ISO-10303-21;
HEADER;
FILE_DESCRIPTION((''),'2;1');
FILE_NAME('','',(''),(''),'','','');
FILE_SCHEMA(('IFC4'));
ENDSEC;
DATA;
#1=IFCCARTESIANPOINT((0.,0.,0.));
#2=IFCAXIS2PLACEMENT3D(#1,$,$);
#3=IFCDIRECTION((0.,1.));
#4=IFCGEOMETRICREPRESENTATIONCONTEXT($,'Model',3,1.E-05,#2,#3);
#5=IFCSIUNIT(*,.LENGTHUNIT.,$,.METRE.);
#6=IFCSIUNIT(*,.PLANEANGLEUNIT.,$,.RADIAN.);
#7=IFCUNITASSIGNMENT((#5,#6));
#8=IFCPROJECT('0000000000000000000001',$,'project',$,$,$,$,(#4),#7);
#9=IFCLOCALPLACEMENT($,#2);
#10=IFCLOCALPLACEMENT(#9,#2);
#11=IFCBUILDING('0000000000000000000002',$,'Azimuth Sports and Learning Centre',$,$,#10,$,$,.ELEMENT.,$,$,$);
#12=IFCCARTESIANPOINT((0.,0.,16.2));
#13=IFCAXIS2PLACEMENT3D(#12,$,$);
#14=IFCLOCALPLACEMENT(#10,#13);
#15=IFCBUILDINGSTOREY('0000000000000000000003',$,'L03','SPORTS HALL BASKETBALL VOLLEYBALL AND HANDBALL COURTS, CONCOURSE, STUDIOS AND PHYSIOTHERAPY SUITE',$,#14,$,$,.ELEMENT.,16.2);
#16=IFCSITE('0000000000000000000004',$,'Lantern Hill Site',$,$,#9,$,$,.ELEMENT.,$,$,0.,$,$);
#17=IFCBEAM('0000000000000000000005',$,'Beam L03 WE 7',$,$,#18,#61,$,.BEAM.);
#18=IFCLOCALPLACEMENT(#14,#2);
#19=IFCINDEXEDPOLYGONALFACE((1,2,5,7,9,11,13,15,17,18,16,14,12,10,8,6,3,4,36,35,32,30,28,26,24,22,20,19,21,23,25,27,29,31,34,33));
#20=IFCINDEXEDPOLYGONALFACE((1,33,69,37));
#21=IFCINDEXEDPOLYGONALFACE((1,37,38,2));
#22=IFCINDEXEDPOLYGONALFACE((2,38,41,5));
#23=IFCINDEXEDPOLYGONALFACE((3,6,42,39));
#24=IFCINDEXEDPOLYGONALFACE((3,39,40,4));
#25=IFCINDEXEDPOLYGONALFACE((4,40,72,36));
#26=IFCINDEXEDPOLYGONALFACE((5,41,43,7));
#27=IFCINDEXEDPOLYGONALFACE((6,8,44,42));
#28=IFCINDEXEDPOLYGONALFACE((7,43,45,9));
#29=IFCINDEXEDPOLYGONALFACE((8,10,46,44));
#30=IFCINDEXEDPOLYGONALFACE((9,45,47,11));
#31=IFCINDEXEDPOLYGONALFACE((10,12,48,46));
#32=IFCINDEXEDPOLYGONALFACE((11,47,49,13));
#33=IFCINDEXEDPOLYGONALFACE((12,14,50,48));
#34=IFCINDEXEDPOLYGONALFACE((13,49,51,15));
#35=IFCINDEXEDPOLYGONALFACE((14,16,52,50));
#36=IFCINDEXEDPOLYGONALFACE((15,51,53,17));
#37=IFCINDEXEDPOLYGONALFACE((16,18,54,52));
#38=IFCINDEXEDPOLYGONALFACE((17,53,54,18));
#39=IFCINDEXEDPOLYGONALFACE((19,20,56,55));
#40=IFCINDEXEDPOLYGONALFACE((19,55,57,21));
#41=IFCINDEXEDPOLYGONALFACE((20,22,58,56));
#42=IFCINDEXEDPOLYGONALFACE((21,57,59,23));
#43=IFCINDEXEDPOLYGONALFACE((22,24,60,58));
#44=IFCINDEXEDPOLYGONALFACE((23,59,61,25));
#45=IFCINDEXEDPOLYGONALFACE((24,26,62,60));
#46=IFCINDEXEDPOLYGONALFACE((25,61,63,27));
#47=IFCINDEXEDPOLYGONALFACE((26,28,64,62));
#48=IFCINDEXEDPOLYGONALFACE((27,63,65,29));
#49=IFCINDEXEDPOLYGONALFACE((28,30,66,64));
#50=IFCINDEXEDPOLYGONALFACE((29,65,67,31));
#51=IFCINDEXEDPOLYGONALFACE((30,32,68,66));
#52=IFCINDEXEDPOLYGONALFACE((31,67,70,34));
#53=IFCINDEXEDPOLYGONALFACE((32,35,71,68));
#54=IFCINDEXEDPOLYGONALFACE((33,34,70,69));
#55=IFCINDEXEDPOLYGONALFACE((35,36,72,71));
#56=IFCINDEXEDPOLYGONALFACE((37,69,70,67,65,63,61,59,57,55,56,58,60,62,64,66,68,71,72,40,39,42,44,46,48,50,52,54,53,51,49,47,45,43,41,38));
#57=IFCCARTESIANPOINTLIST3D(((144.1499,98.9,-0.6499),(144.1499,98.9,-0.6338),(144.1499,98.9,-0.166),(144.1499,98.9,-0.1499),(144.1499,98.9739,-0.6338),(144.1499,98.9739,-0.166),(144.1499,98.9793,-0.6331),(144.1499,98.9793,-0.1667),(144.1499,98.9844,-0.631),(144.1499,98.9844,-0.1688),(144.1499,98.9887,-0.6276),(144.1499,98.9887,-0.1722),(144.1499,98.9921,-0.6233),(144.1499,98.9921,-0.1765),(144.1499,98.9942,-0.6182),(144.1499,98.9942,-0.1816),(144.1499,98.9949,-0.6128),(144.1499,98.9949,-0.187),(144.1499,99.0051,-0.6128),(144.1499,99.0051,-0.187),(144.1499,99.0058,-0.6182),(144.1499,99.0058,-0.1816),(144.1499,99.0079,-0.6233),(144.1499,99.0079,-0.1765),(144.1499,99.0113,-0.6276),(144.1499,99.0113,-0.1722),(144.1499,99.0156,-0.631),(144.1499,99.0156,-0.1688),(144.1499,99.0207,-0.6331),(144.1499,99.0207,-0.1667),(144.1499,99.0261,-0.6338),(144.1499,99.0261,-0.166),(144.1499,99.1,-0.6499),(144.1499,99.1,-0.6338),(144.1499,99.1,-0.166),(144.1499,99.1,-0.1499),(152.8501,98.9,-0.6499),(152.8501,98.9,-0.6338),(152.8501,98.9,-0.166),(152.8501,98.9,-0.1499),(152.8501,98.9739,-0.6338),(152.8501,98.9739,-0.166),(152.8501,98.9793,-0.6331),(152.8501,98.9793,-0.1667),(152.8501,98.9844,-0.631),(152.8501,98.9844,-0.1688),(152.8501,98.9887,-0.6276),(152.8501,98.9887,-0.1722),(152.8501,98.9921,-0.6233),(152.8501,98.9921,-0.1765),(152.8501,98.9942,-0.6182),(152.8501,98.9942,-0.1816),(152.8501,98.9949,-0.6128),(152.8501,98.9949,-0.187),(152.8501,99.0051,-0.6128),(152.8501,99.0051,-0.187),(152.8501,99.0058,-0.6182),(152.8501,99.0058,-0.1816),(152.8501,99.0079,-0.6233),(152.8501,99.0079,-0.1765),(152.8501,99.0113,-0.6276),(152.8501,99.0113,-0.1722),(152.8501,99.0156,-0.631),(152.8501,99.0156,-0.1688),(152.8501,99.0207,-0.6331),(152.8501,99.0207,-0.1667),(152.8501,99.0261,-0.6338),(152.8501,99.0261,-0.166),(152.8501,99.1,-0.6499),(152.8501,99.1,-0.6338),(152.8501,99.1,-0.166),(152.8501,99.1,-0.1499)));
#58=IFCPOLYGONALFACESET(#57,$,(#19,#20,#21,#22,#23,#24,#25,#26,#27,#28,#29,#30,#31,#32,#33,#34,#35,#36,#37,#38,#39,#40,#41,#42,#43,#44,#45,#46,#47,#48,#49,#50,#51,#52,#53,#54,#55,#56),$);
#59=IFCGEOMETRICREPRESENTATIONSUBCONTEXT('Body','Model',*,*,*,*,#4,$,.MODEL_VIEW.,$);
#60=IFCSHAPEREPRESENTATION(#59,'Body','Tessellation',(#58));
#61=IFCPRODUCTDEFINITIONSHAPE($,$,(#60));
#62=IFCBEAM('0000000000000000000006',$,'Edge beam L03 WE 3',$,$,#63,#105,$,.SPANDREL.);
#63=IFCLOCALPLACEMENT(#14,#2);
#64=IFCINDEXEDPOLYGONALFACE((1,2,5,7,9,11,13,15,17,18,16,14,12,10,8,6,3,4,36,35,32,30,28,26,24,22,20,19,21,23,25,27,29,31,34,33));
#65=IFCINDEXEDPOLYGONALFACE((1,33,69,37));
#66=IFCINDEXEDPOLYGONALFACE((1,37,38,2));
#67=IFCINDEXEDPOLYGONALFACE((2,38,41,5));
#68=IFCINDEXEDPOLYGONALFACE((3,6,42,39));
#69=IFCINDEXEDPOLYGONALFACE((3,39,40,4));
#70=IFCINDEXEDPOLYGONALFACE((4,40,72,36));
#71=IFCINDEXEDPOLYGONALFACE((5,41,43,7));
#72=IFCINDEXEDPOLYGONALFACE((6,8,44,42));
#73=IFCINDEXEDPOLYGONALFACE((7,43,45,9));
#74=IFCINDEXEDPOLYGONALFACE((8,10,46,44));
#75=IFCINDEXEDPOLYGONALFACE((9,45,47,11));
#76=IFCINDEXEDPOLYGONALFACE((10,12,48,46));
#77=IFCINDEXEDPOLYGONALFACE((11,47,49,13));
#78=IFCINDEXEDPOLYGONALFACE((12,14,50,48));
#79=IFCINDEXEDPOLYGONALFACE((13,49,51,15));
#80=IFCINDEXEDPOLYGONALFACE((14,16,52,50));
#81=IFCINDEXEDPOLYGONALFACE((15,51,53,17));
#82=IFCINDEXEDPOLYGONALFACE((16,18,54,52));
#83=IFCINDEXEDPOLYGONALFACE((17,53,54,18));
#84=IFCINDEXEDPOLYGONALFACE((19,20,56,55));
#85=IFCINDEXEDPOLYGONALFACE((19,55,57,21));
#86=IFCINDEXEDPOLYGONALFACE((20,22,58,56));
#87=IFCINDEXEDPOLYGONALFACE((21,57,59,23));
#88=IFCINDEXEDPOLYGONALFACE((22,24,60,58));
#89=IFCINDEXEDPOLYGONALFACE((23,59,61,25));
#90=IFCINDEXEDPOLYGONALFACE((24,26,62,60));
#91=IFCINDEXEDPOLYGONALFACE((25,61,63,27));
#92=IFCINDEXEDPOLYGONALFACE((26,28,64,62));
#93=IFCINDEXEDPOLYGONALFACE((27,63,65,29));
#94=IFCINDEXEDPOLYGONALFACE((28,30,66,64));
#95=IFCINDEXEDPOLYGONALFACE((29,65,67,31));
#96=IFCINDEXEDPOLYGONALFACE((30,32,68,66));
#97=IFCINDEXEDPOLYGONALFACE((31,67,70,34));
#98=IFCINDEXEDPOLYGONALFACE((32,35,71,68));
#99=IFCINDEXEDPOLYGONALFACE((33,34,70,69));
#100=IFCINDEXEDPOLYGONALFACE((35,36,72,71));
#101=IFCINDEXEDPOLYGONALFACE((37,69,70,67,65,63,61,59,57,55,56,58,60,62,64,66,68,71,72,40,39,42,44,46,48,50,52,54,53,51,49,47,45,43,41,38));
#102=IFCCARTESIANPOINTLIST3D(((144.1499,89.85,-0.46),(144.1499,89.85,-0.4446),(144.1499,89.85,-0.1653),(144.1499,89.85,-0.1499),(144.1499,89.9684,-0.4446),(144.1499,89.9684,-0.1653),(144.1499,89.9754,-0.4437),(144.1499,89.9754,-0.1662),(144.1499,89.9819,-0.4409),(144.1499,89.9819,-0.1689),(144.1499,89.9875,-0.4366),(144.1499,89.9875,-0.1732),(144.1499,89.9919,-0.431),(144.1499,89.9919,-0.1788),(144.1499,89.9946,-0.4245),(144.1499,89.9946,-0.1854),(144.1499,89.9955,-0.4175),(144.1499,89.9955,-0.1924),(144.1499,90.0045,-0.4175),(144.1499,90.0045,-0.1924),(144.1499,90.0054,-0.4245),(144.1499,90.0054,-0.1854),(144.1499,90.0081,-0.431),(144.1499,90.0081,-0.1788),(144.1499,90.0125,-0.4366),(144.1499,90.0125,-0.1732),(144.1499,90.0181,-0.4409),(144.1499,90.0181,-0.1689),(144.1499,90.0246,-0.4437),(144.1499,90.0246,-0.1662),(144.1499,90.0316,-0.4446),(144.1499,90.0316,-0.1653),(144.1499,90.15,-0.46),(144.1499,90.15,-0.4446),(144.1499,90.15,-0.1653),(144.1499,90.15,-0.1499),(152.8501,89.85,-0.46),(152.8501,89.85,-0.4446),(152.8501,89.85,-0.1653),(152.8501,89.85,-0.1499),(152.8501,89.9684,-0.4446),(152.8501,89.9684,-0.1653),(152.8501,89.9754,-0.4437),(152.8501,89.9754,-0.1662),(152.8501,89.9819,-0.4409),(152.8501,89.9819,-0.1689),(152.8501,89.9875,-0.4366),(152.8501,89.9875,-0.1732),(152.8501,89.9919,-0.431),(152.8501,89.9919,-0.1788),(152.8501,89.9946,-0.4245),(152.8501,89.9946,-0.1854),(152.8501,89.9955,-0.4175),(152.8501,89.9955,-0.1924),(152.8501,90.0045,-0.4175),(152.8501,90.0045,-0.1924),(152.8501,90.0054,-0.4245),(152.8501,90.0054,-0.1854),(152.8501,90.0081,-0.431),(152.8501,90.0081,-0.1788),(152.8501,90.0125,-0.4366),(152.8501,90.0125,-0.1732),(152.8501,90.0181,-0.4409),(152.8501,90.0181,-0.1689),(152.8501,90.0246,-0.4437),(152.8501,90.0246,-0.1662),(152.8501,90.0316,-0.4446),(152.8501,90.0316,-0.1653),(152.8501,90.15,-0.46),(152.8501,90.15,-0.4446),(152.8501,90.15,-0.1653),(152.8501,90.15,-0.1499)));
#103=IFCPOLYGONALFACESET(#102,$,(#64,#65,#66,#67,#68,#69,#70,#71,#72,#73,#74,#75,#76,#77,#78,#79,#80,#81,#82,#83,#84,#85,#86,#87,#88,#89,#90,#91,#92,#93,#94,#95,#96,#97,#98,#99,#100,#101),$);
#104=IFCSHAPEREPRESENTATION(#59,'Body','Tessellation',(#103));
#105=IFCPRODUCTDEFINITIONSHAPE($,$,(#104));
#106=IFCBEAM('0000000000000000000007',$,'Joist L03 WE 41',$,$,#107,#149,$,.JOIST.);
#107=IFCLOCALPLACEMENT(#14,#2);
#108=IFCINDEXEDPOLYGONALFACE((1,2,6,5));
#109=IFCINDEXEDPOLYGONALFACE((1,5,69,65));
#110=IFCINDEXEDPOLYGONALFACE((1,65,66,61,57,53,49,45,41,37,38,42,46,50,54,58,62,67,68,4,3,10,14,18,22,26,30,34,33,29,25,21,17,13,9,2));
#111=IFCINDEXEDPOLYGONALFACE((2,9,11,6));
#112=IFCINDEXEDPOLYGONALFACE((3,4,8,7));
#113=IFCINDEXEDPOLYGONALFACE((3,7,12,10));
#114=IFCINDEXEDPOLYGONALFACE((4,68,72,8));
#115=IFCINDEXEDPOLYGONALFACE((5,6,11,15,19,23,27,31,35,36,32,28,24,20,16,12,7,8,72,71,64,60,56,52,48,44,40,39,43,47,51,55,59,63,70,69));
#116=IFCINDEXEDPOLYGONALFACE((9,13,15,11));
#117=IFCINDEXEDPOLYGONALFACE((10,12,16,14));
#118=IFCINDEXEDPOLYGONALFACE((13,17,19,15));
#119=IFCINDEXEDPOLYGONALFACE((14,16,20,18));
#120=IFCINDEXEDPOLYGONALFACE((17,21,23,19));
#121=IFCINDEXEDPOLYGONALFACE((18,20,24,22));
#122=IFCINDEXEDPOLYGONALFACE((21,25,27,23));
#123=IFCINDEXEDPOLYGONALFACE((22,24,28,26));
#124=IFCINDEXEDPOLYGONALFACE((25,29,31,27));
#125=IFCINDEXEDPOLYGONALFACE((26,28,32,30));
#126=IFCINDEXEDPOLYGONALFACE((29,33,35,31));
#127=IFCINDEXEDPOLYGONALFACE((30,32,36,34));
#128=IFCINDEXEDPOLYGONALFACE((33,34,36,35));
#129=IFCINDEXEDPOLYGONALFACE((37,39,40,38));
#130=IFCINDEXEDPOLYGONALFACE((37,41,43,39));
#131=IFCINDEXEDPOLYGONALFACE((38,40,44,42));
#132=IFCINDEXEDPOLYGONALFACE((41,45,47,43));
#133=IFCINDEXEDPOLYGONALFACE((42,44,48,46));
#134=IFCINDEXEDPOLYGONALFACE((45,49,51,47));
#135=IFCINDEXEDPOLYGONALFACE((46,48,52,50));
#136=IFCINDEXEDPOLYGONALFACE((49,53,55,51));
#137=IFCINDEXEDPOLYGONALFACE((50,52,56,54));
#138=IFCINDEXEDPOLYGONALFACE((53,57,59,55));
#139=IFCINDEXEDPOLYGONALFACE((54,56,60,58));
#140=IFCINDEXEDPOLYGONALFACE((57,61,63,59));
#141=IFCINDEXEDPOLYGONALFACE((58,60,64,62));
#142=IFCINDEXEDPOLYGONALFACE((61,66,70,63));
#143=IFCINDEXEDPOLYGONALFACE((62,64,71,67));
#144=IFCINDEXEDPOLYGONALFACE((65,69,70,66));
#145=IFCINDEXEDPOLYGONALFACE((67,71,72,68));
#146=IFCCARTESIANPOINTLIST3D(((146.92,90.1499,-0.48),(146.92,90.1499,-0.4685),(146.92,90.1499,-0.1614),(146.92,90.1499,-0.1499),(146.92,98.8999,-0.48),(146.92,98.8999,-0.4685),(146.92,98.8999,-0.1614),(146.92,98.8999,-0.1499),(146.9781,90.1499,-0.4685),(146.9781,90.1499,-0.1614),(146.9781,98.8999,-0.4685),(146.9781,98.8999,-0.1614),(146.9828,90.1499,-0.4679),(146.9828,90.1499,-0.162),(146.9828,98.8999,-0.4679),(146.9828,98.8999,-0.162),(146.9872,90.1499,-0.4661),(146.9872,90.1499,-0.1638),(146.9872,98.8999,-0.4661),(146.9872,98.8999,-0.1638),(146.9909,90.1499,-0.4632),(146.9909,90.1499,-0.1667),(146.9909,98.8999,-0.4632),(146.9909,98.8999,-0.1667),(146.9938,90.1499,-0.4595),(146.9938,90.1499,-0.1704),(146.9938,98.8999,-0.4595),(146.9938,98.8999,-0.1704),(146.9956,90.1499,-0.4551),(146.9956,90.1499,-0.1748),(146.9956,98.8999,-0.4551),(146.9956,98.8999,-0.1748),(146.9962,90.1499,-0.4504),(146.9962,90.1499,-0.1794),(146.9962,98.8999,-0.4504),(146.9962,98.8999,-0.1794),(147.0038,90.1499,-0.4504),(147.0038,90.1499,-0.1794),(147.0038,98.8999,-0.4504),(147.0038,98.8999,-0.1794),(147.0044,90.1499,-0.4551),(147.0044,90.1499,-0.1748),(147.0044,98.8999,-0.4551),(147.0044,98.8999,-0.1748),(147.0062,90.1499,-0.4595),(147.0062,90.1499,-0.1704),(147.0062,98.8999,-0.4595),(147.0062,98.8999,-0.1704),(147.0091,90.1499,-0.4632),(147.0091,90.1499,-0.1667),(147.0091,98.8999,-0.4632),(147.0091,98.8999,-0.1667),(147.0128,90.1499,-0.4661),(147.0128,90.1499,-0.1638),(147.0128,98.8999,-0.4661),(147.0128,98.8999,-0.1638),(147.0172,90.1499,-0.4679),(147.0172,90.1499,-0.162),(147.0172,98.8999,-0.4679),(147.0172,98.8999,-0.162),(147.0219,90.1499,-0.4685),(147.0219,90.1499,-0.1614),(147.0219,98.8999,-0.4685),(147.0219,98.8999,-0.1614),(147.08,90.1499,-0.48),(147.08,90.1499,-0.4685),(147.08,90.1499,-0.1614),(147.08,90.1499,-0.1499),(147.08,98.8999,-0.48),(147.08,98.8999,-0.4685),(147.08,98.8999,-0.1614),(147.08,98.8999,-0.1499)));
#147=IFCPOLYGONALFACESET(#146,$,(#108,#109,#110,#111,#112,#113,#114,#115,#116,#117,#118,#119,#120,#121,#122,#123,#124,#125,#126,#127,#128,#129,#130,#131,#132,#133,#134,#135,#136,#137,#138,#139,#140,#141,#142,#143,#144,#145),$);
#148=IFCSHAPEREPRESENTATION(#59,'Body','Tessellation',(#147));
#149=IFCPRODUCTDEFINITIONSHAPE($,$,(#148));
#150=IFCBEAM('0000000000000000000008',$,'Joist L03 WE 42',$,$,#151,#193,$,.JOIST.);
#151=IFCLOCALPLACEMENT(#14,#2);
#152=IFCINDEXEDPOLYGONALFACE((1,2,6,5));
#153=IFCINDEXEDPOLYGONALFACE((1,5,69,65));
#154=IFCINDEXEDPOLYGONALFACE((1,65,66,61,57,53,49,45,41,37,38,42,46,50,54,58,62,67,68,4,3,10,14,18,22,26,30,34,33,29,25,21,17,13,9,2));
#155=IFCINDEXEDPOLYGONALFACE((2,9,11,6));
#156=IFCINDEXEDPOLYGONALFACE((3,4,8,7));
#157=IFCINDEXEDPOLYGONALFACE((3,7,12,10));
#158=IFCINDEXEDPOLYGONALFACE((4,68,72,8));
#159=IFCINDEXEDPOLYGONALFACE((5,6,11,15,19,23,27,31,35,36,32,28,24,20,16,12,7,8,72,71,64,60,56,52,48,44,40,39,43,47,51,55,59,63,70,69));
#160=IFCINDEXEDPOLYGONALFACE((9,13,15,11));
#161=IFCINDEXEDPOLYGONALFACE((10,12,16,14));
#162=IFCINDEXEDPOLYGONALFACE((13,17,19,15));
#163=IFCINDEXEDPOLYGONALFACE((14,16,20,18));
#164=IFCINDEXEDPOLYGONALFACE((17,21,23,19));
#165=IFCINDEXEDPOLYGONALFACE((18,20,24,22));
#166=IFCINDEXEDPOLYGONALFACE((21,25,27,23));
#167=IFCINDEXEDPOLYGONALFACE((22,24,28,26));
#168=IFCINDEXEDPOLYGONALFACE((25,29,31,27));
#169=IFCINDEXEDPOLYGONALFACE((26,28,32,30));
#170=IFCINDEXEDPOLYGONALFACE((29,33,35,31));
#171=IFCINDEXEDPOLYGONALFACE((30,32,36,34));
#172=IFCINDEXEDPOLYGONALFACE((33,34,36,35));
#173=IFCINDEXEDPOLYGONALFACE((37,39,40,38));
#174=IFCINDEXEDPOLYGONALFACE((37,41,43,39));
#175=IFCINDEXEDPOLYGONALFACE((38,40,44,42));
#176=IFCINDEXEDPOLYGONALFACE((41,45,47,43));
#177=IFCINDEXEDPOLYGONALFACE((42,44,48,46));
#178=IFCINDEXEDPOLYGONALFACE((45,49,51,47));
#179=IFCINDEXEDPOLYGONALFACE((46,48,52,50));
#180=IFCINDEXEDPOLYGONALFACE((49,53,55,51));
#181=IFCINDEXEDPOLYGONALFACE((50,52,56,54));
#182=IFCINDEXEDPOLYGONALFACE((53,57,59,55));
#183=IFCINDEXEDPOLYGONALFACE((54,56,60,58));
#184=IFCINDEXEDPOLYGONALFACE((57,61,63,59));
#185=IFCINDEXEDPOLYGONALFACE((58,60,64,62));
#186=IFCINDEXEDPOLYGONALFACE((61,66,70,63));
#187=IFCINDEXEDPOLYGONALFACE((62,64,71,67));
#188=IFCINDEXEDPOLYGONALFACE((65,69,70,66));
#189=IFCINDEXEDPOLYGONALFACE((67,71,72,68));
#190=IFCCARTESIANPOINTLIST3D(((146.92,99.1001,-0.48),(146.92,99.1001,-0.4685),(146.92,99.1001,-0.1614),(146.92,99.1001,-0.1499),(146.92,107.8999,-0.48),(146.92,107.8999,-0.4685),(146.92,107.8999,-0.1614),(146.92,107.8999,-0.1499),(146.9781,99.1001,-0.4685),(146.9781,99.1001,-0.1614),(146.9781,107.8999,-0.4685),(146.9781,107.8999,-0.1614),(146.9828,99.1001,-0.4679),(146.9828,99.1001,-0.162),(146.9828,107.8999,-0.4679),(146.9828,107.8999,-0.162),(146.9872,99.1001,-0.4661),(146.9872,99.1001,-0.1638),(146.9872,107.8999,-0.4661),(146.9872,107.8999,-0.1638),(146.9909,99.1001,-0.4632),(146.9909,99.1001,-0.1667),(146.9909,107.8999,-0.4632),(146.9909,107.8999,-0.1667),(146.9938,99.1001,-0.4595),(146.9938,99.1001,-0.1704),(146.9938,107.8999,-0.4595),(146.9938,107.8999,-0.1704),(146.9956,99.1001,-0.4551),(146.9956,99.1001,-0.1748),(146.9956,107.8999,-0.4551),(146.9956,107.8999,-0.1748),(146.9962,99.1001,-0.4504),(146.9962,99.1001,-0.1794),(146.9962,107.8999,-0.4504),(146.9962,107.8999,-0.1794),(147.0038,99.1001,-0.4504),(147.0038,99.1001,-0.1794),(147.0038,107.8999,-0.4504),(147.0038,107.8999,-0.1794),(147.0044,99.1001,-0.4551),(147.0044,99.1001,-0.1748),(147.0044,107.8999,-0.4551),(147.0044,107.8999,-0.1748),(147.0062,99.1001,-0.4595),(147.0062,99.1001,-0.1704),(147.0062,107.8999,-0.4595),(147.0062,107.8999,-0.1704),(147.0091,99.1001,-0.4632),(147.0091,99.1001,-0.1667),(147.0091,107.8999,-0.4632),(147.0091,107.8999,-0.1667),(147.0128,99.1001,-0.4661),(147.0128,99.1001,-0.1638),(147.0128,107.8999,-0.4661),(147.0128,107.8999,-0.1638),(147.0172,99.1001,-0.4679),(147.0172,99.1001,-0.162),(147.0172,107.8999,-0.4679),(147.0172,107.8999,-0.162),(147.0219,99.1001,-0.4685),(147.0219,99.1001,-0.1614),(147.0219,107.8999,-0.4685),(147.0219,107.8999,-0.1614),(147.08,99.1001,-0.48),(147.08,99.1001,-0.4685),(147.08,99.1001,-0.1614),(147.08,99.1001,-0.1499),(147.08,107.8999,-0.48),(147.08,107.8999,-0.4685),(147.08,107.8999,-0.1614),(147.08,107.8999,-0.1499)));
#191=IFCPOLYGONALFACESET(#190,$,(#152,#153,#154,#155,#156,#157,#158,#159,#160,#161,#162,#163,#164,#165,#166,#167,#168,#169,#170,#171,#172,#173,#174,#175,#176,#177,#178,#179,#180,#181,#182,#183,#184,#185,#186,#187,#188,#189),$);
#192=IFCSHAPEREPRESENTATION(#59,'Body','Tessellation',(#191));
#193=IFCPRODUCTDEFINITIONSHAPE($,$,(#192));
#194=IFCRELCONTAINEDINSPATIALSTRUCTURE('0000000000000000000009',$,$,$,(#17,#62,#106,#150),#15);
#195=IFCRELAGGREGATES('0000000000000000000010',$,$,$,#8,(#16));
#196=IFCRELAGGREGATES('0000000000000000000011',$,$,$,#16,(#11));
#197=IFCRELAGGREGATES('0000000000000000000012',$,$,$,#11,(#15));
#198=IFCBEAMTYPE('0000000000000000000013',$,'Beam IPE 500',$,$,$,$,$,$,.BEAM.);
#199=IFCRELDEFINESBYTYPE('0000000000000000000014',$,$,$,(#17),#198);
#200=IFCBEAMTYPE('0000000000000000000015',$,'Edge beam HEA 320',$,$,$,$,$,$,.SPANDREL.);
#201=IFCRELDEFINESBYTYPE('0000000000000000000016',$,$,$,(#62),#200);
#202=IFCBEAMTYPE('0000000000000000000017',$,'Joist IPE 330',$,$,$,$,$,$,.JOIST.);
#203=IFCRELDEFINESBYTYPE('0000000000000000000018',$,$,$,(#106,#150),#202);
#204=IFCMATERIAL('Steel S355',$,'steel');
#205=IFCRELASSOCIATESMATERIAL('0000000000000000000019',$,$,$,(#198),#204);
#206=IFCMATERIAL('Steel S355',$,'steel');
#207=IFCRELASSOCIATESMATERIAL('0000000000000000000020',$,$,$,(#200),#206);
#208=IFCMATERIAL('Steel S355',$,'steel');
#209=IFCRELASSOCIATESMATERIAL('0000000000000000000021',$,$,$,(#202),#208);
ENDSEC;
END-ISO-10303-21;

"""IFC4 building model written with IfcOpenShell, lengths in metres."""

from ifc_helpers import new_model, si_unit, direction, frame, origin, origin_2d, place, context, subcontext, project, spatial, i_section, extrude, material, material_profile, profile_set, type_object, element, save


model = new_model("IFC4")

# Units and contexts
model_context = context("Model", 3, precision=1e-05, world=origin(), true_north=direction((0.0, 1.0)))
body_context = subcontext(model_context, "Body", "Model", "MODEL_VIEW")
ifc_project = project(units=[si_unit("LENGTHUNIT", "METRE"), si_unit("PLANEANGLEUNIT", "RADIAN")], contexts=[model_context])

# Site, building, storey
site_placement = place(None, origin())
site = spatial("IfcSite", under=ifc_project, at=site_placement, Name="Lantern Hill Site", CompositionType="ELEMENT", RefElevation=0.0)
building_placement = place(site_placement, origin())
building = spatial("IfcBuilding", under=site, at=building_placement, Name="Azimuth Sports and Learning Centre", CompositionType="ELEMENT")
storey_placement = place(building_placement, frame((0.0, 0.0, 16.2)))
storey = spatial("IfcBuildingStorey", under=building, at=storey_placement, Name="L03", Description="SPORTS HALL BASKETBALL VOLLEYBALL AND HANDBALL COURTS, CONCOURSE, STUDIOS AND PHYSIOTHERAPY SUITE", CompositionType="ELEMENT", Elevation=16.2)

# Beams
ifc_material_1 = material(Name="Steel S355", Category="steel")
ifc_material_profile_1 = material_profile(ifc_material_1, i_section(OverallWidth=0.2, OverallDepth=0.5, WebThickness=0.0103, FlangeThickness=0.0161, FilletRadius=0.021, at=origin_2d()), Name="IPE 500")
ifc_profile_set_1 = profile_set([ifc_material_profile_1], Name="Steel S355")
beam_type_1 = type_object("IfcBeamType", Name="Beam IPE 500", PredefinedType="BEAM", material=ifc_profile_set_1)
beam_1_placement = place(storey_placement, frame((144.1499, 99.0, -0.3999), z_axis=(1.0, 0.0, 0.0), x_axis=(0.0, 1.0, 0.0)))
element("IfcBeam", 1, at=beam_1_placement, inside=storey, type_object=beam_type_1, Name="Beam L03 WE 7", PredefinedType="BEAM", context=body_context, shape_type="SweptSolid", body=[
    extrude(i_section(OverallWidth=0.2, OverallDepth=0.5, WebThickness=0.0103, FlangeThickness=0.0161, FilletRadius=0.021, at=origin_2d()), origin(), (0.0, 0.0, 1.0), 8.7002),
])
ifc_material_2 = material(Name="Steel S355", Category="steel")
ifc_material_profile_2 = material_profile(ifc_material_2, i_section(OverallWidth=0.3, OverallDepth=0.3101, WebThickness=0.009, FlangeThickness=0.0154, FilletRadius=0.0271, at=origin_2d()), Name="HEA 320")
ifc_profile_set_2 = profile_set([ifc_material_profile_2], Name="Steel S355")
beam_type_2 = type_object("IfcBeamType", Name="Edge beam HEA 320", PredefinedType="SPANDREL", material=ifc_profile_set_2)
beam_2_placement = place(storey_placement, frame((144.1499, 90.0, -0.3049), z_axis=(1.0, 0.0, 0.0), x_axis=(0.0, 1.0, 0.0)))
element("IfcBeam", 2, at=beam_2_placement, inside=storey, type_object=beam_type_2, Name="Edge beam L03 WE 3", PredefinedType="SPANDREL", context=body_context, shape_type="SweptSolid", body=[
    extrude(i_section(OverallWidth=0.3, OverallDepth=0.3101, WebThickness=0.009, FlangeThickness=0.0154, FilletRadius=0.0271, at=origin_2d()), origin(), (0.0, 0.0, 1.0), 8.7002),
])
ifc_material_3 = material(Name="Steel S355", Category="steel")
ifc_material_profile_3 = material_profile(ifc_material_3, i_section(OverallWidth=0.1599, OverallDepth=0.3301, WebThickness=0.0076, FlangeThickness=0.0115, FilletRadius=0.0181, at=origin_2d()), Name="IPE 330")
ifc_profile_set_3 = profile_set([ifc_material_profile_3], Name="Steel S355")
beam_type_3 = type_object("IfcBeamType", Name="Joist IPE 330", PredefinedType="JOIST", material=ifc_profile_set_3)
beam_3_placement = place(storey_placement, frame((147.0, 90.1499, -0.3149), z_axis=(0.0, 1.0, 0.0), x_axis=(-1.0, 0.0, 0.0)))
element("IfcBeam", 3, at=beam_3_placement, inside=storey, type_object=beam_type_3, Name="Joist L03 WE 41", PredefinedType="JOIST", context=body_context, shape_type="SweptSolid", body=[
    extrude(i_section(OverallWidth=0.1599, OverallDepth=0.3301, WebThickness=0.0076, FlangeThickness=0.0115, FilletRadius=0.0181, at=origin_2d()), origin(), (0.0, 0.0, 1.0), 8.75),
])
beam_4_placement = place(storey_placement, frame((147.0, 99.1001, -0.3149), z_axis=(0.0, 1.0, 0.0), x_axis=(-1.0, 0.0, 0.0)))
element("IfcBeam", 4, at=beam_4_placement, inside=storey, type_object=beam_type_3, Name="Joist L03 WE 42", PredefinedType="JOIST", context=body_context, shape_type="SweptSolid", body=[
    extrude(i_section(OverallWidth=0.1599, OverallDepth=0.3301, WebThickness=0.0076, FlangeThickness=0.0115, FilletRadius=0.0181, at=origin_2d()), origin(), (0.0, 0.0, 1.0), 8.7998),
])

save(model, "model.ifc")
